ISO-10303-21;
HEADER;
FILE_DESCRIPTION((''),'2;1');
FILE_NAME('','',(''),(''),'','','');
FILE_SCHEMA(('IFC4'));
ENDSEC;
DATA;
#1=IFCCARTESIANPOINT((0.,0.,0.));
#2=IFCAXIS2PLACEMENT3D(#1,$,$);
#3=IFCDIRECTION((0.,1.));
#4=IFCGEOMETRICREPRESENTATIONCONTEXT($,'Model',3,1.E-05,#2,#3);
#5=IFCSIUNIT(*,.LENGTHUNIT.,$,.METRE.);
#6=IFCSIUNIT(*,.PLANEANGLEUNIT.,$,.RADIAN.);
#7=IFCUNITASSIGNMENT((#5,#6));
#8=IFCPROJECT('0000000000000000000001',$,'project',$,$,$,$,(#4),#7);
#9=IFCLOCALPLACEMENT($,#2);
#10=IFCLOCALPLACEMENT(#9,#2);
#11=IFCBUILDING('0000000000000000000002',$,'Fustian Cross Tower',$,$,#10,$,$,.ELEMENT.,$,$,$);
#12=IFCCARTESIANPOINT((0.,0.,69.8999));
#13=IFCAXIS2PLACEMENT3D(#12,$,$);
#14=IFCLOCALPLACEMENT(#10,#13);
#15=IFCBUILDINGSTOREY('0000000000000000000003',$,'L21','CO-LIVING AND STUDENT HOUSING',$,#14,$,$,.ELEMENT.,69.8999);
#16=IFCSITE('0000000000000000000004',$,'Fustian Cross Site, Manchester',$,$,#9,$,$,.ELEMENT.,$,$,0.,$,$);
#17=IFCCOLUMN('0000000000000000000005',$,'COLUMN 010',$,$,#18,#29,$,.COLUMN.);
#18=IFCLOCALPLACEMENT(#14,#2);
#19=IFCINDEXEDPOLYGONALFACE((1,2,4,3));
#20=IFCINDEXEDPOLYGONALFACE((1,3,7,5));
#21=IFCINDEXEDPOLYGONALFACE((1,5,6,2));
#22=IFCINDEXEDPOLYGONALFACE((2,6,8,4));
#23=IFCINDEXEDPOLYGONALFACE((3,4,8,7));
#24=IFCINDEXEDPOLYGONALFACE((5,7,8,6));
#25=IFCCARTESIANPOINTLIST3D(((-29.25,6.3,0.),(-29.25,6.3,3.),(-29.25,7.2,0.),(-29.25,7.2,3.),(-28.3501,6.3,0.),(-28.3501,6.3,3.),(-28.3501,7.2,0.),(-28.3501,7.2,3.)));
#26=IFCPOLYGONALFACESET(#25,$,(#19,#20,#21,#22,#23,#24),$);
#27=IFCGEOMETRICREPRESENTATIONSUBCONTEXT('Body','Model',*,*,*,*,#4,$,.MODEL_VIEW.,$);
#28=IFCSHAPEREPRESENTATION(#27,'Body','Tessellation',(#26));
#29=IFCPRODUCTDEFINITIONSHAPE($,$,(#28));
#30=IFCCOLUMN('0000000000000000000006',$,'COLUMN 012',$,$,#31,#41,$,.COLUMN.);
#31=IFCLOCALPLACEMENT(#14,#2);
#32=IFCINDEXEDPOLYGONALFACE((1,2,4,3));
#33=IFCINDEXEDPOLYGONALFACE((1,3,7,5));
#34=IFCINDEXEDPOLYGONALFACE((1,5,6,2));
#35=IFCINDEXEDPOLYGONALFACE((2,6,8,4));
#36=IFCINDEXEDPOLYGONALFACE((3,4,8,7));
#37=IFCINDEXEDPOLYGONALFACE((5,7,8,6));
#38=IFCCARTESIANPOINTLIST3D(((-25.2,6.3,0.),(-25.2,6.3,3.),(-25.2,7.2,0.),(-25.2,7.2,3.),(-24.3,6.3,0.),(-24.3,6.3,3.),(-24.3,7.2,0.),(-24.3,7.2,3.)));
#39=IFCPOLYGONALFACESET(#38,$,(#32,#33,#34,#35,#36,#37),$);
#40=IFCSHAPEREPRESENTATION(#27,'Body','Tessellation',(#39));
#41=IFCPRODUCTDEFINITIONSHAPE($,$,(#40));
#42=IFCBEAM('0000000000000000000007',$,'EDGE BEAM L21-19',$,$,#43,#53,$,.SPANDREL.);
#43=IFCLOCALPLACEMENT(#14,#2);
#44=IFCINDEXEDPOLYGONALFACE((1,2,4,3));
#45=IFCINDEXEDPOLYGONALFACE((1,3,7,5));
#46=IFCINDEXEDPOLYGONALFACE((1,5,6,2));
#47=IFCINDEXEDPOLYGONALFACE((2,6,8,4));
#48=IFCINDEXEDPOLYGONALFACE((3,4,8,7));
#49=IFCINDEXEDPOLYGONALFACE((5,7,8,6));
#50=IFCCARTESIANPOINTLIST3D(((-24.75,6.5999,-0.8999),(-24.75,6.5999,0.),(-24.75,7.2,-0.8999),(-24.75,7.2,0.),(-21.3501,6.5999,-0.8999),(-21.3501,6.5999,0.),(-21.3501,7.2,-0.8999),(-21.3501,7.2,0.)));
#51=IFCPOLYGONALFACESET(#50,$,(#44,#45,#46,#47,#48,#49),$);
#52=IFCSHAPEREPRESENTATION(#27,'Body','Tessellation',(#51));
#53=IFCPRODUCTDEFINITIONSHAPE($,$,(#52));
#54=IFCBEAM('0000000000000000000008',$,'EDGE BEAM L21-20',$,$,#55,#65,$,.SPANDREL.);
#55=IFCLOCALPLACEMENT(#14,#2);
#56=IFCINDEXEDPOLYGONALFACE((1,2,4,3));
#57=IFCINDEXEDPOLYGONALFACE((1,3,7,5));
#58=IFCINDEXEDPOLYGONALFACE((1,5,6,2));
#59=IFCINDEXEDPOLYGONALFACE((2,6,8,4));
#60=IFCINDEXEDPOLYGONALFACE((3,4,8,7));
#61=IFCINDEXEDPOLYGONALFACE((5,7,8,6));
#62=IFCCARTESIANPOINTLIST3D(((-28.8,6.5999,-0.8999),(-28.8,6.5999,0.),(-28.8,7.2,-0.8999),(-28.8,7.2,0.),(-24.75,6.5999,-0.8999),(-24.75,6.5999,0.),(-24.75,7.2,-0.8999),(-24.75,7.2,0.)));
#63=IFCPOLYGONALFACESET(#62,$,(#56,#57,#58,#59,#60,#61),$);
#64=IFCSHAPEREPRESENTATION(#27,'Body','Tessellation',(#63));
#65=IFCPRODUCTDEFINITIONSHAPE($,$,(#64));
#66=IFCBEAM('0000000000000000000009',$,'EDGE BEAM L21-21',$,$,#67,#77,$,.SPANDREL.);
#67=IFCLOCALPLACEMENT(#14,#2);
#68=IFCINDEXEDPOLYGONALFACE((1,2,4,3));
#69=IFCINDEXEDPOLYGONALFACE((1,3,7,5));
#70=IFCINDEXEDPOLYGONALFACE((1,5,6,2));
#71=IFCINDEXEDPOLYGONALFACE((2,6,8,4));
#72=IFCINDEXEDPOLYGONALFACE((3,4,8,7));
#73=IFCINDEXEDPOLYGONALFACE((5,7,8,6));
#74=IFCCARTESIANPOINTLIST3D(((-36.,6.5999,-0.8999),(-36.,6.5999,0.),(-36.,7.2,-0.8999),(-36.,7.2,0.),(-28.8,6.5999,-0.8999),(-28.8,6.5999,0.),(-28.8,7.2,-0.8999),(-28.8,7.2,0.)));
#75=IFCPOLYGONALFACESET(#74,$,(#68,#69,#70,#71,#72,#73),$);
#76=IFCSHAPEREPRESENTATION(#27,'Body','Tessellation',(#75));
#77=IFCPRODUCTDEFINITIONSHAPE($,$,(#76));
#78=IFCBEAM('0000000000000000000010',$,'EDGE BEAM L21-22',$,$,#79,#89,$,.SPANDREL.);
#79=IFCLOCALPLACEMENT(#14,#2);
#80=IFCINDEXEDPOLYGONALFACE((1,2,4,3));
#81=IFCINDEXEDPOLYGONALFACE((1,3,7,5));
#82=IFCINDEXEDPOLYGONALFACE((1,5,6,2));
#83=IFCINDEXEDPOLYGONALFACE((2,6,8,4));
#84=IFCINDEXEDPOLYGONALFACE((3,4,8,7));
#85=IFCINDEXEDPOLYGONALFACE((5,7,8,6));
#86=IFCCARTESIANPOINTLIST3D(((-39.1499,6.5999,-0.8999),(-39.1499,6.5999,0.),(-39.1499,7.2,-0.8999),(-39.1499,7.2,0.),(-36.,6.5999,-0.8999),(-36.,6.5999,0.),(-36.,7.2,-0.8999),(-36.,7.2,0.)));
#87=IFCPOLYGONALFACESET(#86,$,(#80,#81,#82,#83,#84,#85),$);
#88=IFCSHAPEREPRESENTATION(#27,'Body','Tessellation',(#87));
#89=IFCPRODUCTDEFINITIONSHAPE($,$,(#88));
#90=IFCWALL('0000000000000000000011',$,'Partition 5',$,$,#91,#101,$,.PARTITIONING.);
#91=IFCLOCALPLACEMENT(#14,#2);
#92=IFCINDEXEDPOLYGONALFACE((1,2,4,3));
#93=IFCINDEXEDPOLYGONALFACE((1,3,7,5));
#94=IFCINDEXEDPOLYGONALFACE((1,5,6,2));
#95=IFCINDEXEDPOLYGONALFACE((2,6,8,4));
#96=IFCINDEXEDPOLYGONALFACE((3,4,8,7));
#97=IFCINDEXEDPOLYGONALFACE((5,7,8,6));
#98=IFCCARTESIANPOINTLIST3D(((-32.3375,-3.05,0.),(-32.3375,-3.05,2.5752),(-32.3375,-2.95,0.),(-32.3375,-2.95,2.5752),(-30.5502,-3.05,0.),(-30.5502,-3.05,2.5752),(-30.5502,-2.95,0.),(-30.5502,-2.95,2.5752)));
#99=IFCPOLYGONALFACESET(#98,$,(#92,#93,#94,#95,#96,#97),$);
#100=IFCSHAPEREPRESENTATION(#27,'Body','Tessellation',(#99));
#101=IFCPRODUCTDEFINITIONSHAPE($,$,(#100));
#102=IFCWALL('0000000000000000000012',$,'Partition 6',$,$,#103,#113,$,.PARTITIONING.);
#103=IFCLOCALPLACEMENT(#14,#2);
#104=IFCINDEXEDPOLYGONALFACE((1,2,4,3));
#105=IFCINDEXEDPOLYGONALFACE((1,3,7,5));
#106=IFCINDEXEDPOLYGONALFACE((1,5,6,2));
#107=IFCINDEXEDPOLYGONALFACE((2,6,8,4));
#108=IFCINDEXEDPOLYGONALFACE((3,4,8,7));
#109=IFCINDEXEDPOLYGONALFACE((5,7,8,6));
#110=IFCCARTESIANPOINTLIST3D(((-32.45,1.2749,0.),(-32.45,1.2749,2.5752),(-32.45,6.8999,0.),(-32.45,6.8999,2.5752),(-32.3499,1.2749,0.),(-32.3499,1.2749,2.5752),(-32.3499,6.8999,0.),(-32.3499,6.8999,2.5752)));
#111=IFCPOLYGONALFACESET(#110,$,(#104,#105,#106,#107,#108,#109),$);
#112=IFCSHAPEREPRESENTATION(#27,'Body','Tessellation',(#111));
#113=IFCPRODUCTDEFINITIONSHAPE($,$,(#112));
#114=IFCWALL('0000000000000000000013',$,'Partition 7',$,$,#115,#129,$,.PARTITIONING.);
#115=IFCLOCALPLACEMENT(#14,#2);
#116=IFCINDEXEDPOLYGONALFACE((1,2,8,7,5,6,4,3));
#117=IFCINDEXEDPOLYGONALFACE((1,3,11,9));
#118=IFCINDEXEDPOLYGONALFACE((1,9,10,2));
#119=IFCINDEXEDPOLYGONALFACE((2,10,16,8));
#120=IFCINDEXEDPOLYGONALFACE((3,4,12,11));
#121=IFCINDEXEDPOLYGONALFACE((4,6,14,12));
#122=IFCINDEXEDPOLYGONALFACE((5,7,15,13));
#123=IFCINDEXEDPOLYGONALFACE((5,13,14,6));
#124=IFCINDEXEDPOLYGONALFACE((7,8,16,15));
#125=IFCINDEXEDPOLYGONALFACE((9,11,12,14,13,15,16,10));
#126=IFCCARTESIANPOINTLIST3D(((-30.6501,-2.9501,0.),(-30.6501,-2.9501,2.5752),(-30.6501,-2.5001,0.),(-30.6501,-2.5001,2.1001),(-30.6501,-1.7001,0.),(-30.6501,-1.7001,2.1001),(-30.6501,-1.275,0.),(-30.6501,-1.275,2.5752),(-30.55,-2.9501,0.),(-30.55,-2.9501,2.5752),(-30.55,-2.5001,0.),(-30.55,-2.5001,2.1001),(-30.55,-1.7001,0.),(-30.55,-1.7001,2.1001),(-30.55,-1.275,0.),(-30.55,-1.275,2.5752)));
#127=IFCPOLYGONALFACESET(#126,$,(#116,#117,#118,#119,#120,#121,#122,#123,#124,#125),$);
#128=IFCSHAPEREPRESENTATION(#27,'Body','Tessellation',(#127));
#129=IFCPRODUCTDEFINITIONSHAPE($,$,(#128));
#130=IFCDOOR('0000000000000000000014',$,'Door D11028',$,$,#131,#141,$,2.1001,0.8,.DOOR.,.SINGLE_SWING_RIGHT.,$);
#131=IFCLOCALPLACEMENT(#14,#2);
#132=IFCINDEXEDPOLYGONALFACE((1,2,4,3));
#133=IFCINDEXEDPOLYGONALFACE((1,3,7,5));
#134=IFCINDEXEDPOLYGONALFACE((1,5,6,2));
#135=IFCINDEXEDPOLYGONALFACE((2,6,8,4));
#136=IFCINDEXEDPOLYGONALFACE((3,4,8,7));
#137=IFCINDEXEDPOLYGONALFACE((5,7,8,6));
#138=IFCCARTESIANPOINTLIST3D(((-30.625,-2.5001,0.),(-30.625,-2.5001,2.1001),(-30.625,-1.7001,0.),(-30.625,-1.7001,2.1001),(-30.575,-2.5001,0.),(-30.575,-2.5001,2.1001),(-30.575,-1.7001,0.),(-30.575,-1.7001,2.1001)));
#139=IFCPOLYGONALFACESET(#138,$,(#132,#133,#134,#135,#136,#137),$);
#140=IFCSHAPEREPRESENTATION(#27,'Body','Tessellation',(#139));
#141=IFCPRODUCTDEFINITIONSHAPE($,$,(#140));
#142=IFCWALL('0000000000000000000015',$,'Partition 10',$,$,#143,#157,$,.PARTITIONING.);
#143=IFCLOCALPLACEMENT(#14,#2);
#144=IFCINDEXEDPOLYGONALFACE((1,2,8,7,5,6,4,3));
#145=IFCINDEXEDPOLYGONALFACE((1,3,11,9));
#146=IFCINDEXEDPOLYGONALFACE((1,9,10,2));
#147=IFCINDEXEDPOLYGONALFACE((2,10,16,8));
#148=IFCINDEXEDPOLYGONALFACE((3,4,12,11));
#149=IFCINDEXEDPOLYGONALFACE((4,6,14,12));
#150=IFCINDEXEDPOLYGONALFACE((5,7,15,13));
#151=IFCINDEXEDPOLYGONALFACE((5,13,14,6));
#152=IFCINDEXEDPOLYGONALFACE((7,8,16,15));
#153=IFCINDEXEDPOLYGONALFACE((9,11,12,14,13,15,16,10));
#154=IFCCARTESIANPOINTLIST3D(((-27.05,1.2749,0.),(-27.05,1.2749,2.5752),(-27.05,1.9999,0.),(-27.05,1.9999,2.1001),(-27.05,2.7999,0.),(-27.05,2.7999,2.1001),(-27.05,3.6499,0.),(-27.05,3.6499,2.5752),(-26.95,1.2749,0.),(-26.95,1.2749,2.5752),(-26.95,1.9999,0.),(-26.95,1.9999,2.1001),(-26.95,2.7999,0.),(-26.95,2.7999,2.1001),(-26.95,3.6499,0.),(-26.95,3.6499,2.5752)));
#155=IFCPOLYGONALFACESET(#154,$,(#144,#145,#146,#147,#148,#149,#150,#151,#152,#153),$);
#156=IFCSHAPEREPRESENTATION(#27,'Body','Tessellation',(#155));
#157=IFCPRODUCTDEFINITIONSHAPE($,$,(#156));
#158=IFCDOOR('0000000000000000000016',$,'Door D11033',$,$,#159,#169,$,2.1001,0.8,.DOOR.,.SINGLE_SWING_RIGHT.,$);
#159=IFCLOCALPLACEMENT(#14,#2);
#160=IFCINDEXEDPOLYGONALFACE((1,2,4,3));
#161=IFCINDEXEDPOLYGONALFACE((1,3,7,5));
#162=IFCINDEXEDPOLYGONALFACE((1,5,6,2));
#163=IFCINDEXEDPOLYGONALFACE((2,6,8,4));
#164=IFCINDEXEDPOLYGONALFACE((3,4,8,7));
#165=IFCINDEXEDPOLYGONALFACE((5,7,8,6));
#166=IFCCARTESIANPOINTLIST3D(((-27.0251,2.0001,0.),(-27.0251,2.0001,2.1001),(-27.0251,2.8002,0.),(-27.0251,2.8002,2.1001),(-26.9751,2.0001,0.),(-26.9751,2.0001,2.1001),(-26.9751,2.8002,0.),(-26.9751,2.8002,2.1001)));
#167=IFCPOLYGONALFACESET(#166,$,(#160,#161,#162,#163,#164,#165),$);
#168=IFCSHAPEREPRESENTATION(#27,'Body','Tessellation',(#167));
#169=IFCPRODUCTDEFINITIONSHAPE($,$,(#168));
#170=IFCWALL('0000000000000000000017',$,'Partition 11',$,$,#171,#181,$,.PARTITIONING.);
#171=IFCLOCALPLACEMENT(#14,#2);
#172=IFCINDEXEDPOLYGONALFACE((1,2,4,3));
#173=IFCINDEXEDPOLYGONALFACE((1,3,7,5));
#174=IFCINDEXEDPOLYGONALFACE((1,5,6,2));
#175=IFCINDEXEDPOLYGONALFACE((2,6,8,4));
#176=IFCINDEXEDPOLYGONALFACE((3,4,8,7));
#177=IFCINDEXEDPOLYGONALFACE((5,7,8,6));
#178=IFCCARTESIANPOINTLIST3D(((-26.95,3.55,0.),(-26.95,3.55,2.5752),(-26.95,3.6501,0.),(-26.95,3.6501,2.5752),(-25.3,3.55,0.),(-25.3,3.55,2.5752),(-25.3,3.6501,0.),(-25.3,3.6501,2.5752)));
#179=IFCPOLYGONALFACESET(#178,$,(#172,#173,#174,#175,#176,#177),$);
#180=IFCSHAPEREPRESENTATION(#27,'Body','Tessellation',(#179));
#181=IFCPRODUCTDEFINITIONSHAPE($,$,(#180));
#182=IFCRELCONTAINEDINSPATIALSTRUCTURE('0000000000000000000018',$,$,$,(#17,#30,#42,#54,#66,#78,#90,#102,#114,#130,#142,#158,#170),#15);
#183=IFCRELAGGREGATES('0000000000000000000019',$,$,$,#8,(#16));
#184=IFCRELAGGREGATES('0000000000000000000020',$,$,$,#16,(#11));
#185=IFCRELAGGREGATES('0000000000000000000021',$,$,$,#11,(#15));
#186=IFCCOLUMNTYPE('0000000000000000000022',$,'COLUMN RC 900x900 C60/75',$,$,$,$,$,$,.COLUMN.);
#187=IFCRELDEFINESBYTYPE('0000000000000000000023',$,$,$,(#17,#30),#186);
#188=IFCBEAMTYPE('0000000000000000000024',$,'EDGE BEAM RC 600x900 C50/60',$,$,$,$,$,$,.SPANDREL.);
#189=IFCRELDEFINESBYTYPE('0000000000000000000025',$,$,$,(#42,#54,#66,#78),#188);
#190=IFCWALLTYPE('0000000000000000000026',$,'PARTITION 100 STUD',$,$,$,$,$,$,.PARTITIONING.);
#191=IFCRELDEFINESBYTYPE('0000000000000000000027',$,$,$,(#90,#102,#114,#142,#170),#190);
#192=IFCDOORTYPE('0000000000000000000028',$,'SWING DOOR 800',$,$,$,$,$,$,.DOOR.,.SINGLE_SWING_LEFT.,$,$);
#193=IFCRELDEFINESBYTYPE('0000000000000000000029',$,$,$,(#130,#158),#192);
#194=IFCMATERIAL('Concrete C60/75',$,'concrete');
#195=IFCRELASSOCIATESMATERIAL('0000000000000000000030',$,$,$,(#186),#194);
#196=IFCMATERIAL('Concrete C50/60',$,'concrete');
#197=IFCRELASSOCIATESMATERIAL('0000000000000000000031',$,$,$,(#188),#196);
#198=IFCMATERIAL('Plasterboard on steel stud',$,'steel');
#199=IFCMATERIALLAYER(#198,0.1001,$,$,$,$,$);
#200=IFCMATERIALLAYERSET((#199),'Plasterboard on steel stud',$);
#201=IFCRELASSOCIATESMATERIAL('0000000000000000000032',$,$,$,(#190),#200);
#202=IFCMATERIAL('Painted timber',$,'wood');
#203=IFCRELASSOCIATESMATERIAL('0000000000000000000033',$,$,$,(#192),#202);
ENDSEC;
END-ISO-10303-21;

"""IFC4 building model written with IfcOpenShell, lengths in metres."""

from ifc_helpers import new_model, si_unit, direction, frame, frame_2d, origin, origin_2d, place, context, subcontext, project, spatial, rectangle, extrude, material, layer, layer_set, material_profile, profile_set, type_object, element, fill, save


model = new_model("IFC4")

# Units and contexts
model_context = context("Model", 3, precision=1e-05, world=origin(), true_north=direction((0.0, 1.0)))
body_context = subcontext(model_context, "Body", "Model", "MODEL_VIEW")
ifc_project = project(units=[si_unit("LENGTHUNIT", "METRE"), si_unit("PLANEANGLEUNIT", "RADIAN")], contexts=[model_context])

# Site, building, storey
site_placement = place(None, origin())
site = spatial("IfcSite", under=ifc_project, at=site_placement, Name="Fustian Cross Site, Manchester", CompositionType="ELEMENT", RefElevation=0.0)
building_placement = place(site_placement, origin())
building = spatial("IfcBuilding", under=site, at=building_placement, Name="Fustian Cross Tower", CompositionType="ELEMENT")
storey_placement = place(building_placement, frame((0.0, 0.0, 69.8999)))
storey = spatial("IfcBuildingStorey", under=building, at=storey_placement, Name="L21", Description="CO-LIVING AND STUDENT HOUSING", CompositionType="ELEMENT", Elevation=69.8999)

# Columns
ifc_material_1 = material(Name="Concrete C60/75", Category="concrete")
ifc_material_profile_1 = material_profile(ifc_material_1, rectangle(XDim=0.8999, YDim=0.8999, at=origin_2d()), Name="RC 900x900")
ifc_profile_set_1 = profile_set([ifc_material_profile_1], Name="Concrete C60/75")
column_type = type_object("IfcColumnType", Name="COLUMN RC 900x900 C60/75", PredefinedType="COLUMN", material=ifc_profile_set_1)
for number, where, z_axis, x_axis, name in (
    (1, (-28.8, 6.75, 0.0), (0.0, 0.0, 1.0), (1.0, 0.0, 0.0), "COLUMN 010"),
    (2, (-24.75, 6.75, 0.0), (0.0, 0.0, 1.0), (1.0, 0.0, 0.0), "COLUMN 012"),
):
    element("IfcColumn", number, at=place(storey_placement, frame(where, z_axis=z_axis, x_axis=x_axis)), inside=storey, type_object=column_type, Name=name, PredefinedType="COLUMN", context=body_context, shape_type="SweptSolid", body=[
        extrude(rectangle(XDim=0.8999, YDim=0.8999, at=origin_2d()), origin(), (0.0, 0.0, 1.0), 3.0),
    ])

# Beams
ifc_material_2 = material(Name="Concrete C50/60", Category="concrete")
ifc_material_profile_2 = material_profile(ifc_material_2, rectangle(XDim=0.6001, YDim=0.8999, at=origin_2d()), Name="RC 600x900")
ifc_profile_set_2 = profile_set([ifc_material_profile_2], Name="Concrete C50/60")
beam_type = type_object("IfcBeamType", Name="EDGE BEAM RC 600x900 C50/60", PredefinedType="SPANDREL", material=ifc_profile_set_2)
beam_1_placement = place(storey_placement, frame((-21.3501, 6.8999, -0.45), z_axis=(-1.0, 0.0, 0.0), x_axis=(0.0, -1.0, 0.0)))
element("IfcBeam", 3, at=beam_1_placement, inside=storey, type_object=beam_type, Name="EDGE BEAM L21-19", PredefinedType="SPANDREL", context=body_context, shape_type="SweptSolid", body=[
    extrude(rectangle(XDim=0.6001, YDim=0.8999, at=origin_2d()), origin(), (0.0, 0.0, 1.0), 3.3999),
])
beam_2_placement = place(storey_placement, frame((-24.75, 6.8999, -0.45), z_axis=(-1.0, 0.0, 0.0), x_axis=(0.0, -1.0, 0.0)))
element("IfcBeam", 4, at=beam_2_placement, inside=storey, type_object=beam_type, Name="EDGE BEAM L21-20", PredefinedType="SPANDREL", context=body_context, shape_type="SweptSolid", body=[
    extrude(rectangle(XDim=0.6001, YDim=0.8999, at=origin_2d()), origin(), (0.0, 0.0, 1.0), 4.05),
])
beam_3_placement = place(storey_placement, frame((-28.8, 6.8999, -0.45), z_axis=(-1.0, 0.0, 0.0), x_axis=(0.0, -1.0, 0.0)))
element("IfcBeam", 5, at=beam_3_placement, inside=storey, type_object=beam_type, Name="EDGE BEAM L21-21", PredefinedType="SPANDREL", context=body_context, shape_type="SweptSolid", body=[
    extrude(rectangle(XDim=0.6001, YDim=0.8999, at=origin_2d()), origin(), (0.0, 0.0, 1.0), 7.2),
])
beam_4_placement = place(storey_placement, frame((-36.0, 6.8999, -0.45), z_axis=(-1.0, 0.0, 0.0), x_axis=(0.0, -1.0, 0.0)))
element("IfcBeam", 6, at=beam_4_placement, inside=storey, type_object=beam_type, Name="EDGE BEAM L21-22", PredefinedType="SPANDREL", context=body_context, shape_type="SweptSolid", body=[
    extrude(rectangle(XDim=0.6001, YDim=0.8999, at=origin_2d()), origin(), (0.0, 0.0, 1.0), 3.1499),
])

# Walls
ifc_material_3 = material(Name="Plasterboard on steel stud", Category="steel")
ifc_layer_1 = layer(ifc_material_3, 0.1001)
ifc_layer_set_1 = layer_set([ifc_layer_1], Name="Plasterboard on steel stud")
wall_type_1 = type_object("IfcWallType", Name="PARTITION 100 STUD", PredefinedType="PARTITIONING", material=ifc_layer_set_1)
wall_1_placement = place(storey_placement, frame((-32.3374, -3.0, 0.0), z_axis=(0.0, 0.0, 1.0), x_axis=(1.0, 0.0, 0.0)))
element("IfcWall", 7, at=wall_1_placement, inside=storey, type_object=wall_type_1, Name="Partition 5", PredefinedType="PARTITIONING", context=body_context, shape_type="SweptSolid", body=[
    extrude(rectangle(XDim=1.7874, YDim=0.1001, at=frame_2d((0.8936, 0.0))), origin(), (0.0, 0.0, 1.0), 2.5752),
])
wall_2_placement = place(storey_placement, frame((-32.3999, 1.2749, 0.0), z_axis=(0.0, 0.0, 1.0), x_axis=(0.0, 1.0, 0.0)))
element("IfcWall", 8, at=wall_2_placement, inside=storey, type_object=wall_type_1, Name="Partition 6", PredefinedType="PARTITIONING", context=body_context, shape_type="SweptSolid", body=[
    extrude(rectangle(XDim=5.625, YDim=0.1001, at=frame_2d((2.8125, 0.0))), origin(), (0.0, 0.0, 1.0), 2.5752),
])

# Walls, openings, doors
wall_3_placement = place(storey_placement, frame((-30.6001, -2.95, 0.0), z_axis=(0.0, 0.0, 1.0), x_axis=(0.0, 1.0, 0.0)))
wall_3 = element("IfcWall", 9, at=wall_3_placement, inside=storey, type_object=wall_type_1, Name="Partition 7", PredefinedType="PARTITIONING", context=body_context, shape_type="SweptSolid", body=[
    extrude(rectangle(XDim=1.675, YDim=0.1001, at=frame_2d((0.8374, 0.0))), origin(), (0.0, 0.0, 1.0), 2.5752),
])
opening_1_placement = place(wall_3_placement, frame((0.45, 0.0, 0.0)))
opening_1 = element("IfcOpeningElement", 10, at=opening_1_placement, cuts=wall_3, PredefinedType="OPENING", context=body_context, shape_type="SweptSolid", body=[
    extrude(rectangle(XDim=0.8, YDim=2.1001, at=frame_2d((0.3999, 1.05))), frame((0.0, 0.0601, 0.0), z_axis=(0.0, -1.0, 0.0), x_axis=(1.0, 0.0, 0.0)), (0.0, 0.0, 1.0), 0.1201),
])
ifc_material_4 = material(Name="Painted timber", Category="wood")
door_type = type_object("IfcDoorType", Name="SWING DOOR 800", OperationType="SINGLE_SWING_LEFT", PredefinedType="DOOR", material=ifc_material_4)
door_1_placement = place(opening_1_placement, origin())
door_1 = element("IfcDoor", 11, at=door_1_placement, inside=storey, type_object=door_type, Name="Door D11028", OperationType="SINGLE_SWING_RIGHT", OverallHeight=2.1001, OverallWidth=0.8, PredefinedType="DOOR", context=body_context, shape_type="SweptSolid", body=[
    extrude(rectangle(XDim=0.8, YDim=2.1001, at=frame_2d((0.3999, 1.05))), frame((0.0, 0.0249, 0.0), z_axis=(0.0, -1.0, 0.0), x_axis=(1.0, 0.0, 0.0)), (0.0, 0.0, 1.0), 0.05),
])
fill(opening_1, door_1)
wall_4_placement = place(storey_placement, frame((-27.0, 1.2749, 0.0), z_axis=(0.0, 0.0, 1.0), x_axis=(0.0, 1.0, 0.0)))
wall_4 = element("IfcWall", 12, at=wall_4_placement, inside=storey, type_object=wall_type_1, Name="Partition 10", PredefinedType="PARTITIONING", context=body_context, shape_type="SweptSolid", body=[
    extrude(rectangle(XDim=2.375, YDim=0.1001, at=frame_2d((1.1875, 0.0))), origin(), (0.0, 0.0, 1.0), 2.5752),
])
opening_2_placement = place(wall_4_placement, frame((0.7251, 0.0, 0.0)))
opening_2 = element("IfcOpeningElement", 13, at=opening_2_placement, cuts=wall_4, PredefinedType="OPENING", context=body_context, shape_type="SweptSolid", body=[
    extrude(rectangle(XDim=0.8, YDim=2.1001, at=frame_2d((0.3999, 1.05))), frame((0.0, 0.0601, 0.0), z_axis=(0.0, -1.0, 0.0), x_axis=(1.0, 0.0, 0.0)), (0.0, 0.0, 1.0), 0.1201),
])
door_2_placement = place(opening_2_placement, frame((0.8, 0.0, 0.0), z_axis=(0.0, 0.0, 1.0), x_axis=(-1.0, 0.0, 0.0)))
door_2 = element("IfcDoor", 14, at=door_2_placement, inside=storey, type_object=door_type, Name="Door D11033", OperationType="SINGLE_SWING_RIGHT", OverallHeight=2.1001, OverallWidth=0.8, PredefinedType="DOOR", context=body_context, shape_type="SweptSolid", body=[
    extrude(rectangle(XDim=0.8, YDim=2.1001, at=frame_2d((0.3999, 1.05))), frame((0.0, 0.0249, 0.0), z_axis=(0.0, -1.0, 0.0), x_axis=(1.0, 0.0, 0.0)), (0.0, 0.0, 1.0), 0.05),
])
fill(opening_2, door_2)

# Wall
wall_5_placement = place(storey_placement, frame((-26.95, 3.6001, 0.0), z_axis=(0.0, 0.0, 1.0), x_axis=(1.0, 0.0, 0.0)))
element("IfcWall", 15, at=wall_5_placement, inside=storey, type_object=wall_type_1, Name="Partition 11", PredefinedType="PARTITIONING", context=body_context, shape_type="SweptSolid", body=[
    extrude(rectangle(XDim=1.6499, YDim=0.1001, at=frame_2d((0.825, 0.0))), origin(), (0.0, 0.0, 1.0), 2.5752),
])

save(model, "model.ifc")
